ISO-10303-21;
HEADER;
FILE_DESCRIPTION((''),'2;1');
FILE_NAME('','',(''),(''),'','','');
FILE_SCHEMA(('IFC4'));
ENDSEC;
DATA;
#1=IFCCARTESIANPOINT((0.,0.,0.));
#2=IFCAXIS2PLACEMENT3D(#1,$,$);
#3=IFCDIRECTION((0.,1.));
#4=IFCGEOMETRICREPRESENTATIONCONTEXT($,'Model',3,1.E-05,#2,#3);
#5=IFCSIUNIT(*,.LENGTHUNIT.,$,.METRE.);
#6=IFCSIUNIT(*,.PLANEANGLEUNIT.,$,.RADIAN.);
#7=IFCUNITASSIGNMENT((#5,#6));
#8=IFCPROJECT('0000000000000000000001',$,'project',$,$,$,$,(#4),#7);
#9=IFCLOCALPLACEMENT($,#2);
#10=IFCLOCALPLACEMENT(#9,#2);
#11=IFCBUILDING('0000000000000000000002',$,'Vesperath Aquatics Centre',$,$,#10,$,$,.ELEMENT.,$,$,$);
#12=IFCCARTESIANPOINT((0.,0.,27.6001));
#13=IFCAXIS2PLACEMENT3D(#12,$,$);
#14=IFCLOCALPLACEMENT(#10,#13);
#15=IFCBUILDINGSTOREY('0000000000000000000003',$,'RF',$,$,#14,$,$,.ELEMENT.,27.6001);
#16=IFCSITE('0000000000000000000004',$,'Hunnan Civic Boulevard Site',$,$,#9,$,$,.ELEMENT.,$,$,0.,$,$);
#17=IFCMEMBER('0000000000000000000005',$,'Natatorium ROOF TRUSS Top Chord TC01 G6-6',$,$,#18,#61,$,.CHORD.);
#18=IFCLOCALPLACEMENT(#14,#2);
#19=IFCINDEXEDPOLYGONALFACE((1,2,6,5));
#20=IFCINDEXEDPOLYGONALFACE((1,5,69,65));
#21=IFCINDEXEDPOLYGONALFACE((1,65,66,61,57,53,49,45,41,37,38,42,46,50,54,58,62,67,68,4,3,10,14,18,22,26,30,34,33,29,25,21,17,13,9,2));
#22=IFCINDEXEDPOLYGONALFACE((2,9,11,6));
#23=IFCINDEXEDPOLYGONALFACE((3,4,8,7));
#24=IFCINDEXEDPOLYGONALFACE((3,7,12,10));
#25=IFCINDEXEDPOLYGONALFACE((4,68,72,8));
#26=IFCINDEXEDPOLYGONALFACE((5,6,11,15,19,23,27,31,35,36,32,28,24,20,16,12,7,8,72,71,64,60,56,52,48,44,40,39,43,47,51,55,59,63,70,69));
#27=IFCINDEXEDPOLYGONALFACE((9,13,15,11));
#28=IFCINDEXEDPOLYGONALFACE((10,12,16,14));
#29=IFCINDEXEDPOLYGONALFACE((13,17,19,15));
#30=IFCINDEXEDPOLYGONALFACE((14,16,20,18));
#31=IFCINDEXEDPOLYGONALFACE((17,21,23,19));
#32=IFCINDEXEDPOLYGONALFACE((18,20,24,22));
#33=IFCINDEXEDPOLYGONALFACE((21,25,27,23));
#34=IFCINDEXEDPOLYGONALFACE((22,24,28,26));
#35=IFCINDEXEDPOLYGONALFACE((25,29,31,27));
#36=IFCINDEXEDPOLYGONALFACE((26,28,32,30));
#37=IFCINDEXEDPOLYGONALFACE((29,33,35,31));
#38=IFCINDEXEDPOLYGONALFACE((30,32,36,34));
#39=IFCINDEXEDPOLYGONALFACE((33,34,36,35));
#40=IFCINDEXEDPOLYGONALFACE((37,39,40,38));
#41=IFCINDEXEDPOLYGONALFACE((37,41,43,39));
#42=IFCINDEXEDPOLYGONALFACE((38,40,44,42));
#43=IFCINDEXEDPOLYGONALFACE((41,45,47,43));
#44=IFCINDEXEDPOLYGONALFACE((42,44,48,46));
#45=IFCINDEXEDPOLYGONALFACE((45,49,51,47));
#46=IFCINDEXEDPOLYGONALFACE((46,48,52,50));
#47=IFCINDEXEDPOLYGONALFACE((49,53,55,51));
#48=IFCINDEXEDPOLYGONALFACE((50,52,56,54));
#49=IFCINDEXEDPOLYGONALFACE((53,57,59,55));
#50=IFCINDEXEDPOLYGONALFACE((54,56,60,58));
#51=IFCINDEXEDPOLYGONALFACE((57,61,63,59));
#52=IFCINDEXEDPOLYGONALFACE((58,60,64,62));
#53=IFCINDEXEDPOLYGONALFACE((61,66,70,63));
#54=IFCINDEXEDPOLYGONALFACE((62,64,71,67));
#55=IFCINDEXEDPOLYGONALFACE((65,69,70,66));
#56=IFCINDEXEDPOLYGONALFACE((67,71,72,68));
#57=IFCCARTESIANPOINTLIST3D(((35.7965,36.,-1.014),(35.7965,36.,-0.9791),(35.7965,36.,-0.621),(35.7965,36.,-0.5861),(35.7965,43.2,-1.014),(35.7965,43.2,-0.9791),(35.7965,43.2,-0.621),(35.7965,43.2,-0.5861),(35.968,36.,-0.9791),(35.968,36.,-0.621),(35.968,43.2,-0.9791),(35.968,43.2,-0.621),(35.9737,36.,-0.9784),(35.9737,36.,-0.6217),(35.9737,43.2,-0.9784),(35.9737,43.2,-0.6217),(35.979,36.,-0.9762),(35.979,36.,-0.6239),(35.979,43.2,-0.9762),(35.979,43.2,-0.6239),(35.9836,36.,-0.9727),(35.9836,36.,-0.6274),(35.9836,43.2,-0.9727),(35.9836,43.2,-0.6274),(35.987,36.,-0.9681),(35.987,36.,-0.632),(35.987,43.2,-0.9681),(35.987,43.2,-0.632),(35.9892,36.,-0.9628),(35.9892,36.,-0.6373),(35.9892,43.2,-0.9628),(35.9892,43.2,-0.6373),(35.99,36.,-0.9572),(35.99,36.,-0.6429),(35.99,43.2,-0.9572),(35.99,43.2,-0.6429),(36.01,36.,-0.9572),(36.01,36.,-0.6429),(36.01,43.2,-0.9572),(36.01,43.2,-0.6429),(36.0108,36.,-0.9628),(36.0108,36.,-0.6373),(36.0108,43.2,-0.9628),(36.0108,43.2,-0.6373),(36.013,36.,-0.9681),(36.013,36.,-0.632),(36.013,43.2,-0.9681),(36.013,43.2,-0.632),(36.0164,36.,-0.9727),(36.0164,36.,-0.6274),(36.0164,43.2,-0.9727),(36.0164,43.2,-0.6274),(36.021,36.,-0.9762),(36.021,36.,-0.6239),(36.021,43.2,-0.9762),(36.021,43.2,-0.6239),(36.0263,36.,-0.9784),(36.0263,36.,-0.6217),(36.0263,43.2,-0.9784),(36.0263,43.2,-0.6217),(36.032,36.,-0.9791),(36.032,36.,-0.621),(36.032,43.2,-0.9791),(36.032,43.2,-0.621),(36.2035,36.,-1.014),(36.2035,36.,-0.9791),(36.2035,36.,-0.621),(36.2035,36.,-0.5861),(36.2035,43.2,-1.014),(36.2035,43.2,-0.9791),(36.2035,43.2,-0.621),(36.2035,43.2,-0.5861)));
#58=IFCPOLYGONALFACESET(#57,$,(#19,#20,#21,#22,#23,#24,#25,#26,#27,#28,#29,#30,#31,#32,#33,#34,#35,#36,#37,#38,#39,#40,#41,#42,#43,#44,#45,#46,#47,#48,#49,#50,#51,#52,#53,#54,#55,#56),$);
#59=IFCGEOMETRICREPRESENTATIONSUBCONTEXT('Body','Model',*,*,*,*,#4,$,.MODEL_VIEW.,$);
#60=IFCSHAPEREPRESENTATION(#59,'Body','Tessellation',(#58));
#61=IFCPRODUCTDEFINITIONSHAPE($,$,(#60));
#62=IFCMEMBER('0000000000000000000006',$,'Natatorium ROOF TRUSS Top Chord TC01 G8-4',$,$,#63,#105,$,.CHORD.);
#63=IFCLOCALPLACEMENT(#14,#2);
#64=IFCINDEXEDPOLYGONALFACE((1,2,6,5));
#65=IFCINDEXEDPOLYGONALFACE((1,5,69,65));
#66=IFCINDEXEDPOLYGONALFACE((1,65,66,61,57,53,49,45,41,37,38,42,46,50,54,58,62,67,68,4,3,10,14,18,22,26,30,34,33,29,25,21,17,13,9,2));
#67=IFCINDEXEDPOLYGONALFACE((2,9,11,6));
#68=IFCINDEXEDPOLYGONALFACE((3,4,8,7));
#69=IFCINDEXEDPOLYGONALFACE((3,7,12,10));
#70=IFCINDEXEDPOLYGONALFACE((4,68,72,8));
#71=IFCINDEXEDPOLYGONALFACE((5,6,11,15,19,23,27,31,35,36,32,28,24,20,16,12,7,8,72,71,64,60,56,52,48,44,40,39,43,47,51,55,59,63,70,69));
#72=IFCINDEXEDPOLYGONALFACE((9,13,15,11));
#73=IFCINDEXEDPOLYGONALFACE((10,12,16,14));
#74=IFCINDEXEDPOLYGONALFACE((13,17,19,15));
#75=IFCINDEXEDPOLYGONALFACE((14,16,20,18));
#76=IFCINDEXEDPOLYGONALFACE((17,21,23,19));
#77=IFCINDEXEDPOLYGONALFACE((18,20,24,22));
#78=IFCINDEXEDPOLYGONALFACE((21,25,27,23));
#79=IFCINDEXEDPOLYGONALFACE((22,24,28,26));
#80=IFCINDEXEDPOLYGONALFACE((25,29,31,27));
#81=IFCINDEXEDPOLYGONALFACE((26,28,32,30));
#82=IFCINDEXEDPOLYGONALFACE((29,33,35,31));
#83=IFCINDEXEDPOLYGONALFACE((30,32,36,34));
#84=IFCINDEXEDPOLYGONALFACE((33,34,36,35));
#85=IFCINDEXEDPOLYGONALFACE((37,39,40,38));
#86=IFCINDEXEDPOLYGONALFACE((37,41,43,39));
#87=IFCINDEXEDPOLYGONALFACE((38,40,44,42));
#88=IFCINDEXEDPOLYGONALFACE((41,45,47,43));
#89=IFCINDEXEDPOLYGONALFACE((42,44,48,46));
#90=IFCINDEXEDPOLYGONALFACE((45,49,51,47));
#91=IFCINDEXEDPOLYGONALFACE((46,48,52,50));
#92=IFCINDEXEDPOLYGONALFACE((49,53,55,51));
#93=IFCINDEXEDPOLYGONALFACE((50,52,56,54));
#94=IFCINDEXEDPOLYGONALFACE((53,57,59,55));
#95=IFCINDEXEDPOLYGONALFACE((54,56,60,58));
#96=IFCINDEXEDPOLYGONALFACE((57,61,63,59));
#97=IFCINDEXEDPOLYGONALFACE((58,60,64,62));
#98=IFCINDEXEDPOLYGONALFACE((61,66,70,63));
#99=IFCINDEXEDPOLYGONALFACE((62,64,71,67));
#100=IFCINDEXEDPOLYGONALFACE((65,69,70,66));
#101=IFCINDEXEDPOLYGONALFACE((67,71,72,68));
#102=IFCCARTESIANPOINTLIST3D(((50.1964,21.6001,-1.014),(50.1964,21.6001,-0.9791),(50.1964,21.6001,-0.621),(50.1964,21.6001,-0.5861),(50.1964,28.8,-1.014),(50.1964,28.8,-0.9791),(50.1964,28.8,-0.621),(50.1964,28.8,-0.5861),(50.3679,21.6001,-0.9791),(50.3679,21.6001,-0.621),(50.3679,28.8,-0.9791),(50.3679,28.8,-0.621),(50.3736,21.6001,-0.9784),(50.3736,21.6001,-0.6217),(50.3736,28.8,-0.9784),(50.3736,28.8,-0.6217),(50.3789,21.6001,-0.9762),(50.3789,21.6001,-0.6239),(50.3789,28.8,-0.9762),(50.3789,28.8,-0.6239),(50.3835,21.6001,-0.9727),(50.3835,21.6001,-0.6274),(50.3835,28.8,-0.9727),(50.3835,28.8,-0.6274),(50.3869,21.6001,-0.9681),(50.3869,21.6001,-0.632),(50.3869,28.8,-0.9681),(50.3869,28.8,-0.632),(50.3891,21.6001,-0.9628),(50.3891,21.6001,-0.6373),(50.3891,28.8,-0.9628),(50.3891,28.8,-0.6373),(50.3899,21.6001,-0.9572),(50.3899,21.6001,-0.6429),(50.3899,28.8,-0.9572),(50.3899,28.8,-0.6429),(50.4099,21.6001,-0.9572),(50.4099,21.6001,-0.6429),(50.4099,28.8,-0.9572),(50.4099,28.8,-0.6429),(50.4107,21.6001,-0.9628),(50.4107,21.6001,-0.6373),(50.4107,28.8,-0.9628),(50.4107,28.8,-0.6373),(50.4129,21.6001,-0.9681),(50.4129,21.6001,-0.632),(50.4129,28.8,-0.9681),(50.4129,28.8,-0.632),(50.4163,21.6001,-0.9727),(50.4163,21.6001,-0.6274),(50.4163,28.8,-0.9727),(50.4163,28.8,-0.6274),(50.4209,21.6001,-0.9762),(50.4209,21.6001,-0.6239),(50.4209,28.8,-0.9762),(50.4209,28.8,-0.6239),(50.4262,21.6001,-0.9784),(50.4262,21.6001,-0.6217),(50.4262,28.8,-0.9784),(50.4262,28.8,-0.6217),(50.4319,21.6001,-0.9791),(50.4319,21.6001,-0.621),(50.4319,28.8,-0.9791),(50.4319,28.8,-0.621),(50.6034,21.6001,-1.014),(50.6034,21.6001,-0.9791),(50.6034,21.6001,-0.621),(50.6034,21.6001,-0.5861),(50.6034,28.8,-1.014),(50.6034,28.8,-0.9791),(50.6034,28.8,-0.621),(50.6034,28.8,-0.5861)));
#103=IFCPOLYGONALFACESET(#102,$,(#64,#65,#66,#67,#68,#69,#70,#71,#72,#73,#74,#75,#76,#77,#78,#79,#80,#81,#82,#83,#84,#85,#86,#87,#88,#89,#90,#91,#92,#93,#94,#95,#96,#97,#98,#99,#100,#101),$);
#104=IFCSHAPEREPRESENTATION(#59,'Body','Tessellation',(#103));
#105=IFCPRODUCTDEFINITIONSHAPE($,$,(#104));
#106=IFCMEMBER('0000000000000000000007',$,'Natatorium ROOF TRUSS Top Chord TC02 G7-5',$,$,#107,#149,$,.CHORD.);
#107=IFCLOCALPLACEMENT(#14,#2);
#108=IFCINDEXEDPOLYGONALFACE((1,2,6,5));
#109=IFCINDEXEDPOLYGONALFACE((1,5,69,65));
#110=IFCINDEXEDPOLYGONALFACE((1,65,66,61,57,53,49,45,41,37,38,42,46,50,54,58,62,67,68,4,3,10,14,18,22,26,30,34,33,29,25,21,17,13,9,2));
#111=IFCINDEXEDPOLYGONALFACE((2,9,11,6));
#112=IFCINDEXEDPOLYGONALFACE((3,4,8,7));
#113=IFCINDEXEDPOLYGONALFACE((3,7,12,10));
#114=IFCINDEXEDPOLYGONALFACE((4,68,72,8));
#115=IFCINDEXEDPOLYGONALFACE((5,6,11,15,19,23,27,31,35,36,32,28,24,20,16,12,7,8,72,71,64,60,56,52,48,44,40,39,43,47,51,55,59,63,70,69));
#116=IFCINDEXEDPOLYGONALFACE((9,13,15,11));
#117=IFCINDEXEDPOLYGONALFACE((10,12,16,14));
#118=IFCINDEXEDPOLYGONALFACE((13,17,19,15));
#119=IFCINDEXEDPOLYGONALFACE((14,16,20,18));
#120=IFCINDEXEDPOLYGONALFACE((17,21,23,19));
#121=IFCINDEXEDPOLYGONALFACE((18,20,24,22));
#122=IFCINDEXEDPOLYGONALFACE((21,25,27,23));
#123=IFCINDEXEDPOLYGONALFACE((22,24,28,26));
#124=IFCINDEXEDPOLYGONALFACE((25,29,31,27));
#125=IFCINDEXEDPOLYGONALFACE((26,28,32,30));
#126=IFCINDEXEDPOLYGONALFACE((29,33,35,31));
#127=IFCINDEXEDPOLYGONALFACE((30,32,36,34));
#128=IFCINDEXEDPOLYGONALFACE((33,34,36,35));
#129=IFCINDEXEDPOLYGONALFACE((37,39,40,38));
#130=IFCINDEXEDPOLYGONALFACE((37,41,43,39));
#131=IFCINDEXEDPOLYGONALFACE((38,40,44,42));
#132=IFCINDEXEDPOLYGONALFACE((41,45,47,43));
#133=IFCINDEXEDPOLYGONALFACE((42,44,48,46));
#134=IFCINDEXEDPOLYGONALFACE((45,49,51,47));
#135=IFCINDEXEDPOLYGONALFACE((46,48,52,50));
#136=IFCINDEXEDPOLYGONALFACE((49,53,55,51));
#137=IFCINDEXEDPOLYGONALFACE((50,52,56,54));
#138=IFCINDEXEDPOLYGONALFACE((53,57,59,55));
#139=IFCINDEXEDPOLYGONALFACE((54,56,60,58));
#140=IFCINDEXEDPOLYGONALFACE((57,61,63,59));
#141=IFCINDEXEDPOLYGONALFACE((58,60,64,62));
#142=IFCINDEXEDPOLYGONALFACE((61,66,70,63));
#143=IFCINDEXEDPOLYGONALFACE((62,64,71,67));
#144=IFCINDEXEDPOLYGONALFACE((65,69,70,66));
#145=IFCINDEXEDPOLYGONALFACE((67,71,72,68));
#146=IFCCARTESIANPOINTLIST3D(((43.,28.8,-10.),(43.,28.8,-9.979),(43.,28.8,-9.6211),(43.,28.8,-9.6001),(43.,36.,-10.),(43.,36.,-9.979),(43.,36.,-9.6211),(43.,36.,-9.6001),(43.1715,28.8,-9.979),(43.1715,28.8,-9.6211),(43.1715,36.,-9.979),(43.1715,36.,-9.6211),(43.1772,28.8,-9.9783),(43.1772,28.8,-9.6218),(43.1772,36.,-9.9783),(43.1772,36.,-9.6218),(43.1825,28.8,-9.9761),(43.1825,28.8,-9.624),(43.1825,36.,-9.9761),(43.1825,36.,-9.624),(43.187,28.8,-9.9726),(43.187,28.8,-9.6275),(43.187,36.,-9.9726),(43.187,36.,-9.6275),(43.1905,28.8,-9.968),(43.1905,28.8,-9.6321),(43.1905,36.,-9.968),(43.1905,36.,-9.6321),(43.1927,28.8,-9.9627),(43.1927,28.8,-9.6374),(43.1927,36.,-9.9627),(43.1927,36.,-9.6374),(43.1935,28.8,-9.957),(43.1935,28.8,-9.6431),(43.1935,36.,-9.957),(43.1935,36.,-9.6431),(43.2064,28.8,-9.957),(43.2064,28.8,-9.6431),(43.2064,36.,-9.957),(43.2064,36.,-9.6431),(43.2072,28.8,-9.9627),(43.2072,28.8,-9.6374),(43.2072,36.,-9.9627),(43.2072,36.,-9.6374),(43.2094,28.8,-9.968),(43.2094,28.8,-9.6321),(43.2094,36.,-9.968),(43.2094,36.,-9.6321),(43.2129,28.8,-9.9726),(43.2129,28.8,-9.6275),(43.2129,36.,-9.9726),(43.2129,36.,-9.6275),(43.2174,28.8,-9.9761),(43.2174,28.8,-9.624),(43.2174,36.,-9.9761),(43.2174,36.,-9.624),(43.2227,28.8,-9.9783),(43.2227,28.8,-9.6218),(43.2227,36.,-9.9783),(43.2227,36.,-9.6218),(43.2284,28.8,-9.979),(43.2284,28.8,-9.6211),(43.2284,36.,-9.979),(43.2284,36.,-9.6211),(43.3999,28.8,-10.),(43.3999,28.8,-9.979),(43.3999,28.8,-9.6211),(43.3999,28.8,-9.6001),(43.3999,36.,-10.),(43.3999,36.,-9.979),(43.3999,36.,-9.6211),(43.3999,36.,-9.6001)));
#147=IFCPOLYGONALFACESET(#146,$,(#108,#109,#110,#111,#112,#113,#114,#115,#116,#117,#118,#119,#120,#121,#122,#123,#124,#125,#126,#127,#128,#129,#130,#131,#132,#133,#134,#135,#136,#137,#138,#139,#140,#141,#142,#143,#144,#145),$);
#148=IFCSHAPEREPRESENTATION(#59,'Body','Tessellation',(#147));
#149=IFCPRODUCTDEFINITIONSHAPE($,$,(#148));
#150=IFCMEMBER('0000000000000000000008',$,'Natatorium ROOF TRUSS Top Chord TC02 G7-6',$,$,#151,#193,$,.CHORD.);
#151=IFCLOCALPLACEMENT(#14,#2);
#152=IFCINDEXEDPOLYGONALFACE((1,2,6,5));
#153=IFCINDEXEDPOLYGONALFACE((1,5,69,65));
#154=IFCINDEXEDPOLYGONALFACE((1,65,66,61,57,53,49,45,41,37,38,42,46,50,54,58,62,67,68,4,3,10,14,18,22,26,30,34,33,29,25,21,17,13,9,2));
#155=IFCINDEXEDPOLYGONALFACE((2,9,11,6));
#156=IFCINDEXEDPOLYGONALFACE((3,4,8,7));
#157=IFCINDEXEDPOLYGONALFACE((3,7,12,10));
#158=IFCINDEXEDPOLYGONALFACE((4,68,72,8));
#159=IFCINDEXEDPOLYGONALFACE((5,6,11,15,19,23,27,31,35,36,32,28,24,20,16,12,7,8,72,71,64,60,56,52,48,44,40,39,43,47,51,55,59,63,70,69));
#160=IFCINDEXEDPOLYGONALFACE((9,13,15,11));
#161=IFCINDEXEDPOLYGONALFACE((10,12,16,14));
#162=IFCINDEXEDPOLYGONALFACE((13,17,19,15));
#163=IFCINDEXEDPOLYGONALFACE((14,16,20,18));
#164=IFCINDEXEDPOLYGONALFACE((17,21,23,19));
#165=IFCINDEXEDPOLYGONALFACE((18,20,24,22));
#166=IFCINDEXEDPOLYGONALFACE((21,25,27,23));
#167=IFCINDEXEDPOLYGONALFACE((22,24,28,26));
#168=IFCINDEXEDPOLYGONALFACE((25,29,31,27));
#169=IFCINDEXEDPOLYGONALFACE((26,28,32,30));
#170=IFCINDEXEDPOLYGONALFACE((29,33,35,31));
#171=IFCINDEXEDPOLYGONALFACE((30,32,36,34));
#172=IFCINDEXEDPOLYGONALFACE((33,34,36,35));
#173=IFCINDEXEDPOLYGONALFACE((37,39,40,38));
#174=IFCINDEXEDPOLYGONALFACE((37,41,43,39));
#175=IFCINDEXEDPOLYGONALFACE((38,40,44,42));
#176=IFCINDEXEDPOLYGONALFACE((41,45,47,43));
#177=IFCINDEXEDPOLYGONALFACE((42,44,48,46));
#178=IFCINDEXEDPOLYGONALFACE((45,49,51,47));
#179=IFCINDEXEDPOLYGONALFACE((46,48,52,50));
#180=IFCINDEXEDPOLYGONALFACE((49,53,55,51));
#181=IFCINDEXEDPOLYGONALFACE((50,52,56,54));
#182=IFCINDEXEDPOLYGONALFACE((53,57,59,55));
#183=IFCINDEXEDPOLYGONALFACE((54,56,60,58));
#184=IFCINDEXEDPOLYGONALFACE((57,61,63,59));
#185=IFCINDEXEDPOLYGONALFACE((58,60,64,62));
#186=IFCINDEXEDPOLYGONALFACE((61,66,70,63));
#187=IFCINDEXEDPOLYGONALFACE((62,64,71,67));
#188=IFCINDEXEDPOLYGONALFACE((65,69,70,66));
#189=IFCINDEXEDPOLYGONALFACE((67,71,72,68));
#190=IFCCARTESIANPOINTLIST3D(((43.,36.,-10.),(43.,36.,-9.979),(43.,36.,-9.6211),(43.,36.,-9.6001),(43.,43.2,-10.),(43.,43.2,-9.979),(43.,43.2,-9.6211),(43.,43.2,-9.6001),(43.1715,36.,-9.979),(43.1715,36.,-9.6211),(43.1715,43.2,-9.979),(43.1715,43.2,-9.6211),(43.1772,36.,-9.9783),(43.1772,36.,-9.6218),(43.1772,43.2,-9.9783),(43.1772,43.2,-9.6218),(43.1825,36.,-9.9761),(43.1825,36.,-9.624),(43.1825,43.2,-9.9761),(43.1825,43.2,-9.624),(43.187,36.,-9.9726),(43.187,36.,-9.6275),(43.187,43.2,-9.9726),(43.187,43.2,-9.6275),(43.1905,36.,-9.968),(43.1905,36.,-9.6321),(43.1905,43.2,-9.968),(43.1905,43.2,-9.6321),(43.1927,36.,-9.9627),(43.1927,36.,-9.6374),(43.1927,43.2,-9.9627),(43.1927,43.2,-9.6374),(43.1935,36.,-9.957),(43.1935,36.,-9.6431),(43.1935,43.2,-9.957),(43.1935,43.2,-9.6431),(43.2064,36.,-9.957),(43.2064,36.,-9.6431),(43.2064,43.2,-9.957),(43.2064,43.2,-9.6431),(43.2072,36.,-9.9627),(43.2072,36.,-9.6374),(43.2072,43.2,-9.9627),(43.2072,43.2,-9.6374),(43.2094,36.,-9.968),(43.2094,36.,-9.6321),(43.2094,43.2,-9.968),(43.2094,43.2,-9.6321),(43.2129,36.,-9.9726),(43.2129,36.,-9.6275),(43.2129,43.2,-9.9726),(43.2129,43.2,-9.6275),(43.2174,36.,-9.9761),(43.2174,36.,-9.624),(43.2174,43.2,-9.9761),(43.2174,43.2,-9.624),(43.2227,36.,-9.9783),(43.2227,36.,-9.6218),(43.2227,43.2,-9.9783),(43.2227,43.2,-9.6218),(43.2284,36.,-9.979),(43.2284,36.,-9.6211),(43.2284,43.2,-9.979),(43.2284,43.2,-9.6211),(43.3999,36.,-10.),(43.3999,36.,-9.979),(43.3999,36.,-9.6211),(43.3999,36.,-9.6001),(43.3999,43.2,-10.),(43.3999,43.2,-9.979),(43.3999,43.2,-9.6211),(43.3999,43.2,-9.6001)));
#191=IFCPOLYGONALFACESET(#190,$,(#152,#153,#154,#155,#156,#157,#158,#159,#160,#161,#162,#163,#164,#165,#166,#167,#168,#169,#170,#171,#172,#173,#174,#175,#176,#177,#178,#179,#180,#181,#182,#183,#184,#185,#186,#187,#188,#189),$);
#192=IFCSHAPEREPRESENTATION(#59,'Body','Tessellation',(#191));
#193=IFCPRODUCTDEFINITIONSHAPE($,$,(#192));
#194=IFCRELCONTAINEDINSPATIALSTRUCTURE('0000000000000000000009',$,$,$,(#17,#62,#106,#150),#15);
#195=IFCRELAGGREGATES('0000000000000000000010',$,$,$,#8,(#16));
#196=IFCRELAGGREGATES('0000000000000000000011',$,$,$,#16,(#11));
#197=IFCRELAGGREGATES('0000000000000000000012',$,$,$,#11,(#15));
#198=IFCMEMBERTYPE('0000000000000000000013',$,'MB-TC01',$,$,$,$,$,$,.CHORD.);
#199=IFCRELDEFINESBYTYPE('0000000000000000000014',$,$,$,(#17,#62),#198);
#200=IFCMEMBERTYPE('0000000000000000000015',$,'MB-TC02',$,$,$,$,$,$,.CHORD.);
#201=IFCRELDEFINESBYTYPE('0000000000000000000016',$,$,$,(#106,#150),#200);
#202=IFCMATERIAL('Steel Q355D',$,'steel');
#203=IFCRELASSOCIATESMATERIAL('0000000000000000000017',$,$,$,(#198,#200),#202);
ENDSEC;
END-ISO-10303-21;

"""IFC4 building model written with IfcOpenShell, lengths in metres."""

from ifc_helpers import new_model, si_unit, direction, frame, origin, origin_2d, place, context, subcontext, project, spatial, i_section, extrude, material, material_profile, profile_set, type_object, element, save


model = new_model("IFC4")

# Units and contexts
model_context = context("Model", 3, precision=1e-05, world=origin(), true_north=direction((0.0, 1.0)))
body_context = subcontext(model_context, "Body", "Model", "MODEL_VIEW")
ifc_project = project(units=[si_unit("LENGTHUNIT", "METRE"), si_unit("PLANEANGLEUNIT", "RADIAN")], contexts=[model_context])

# Site, building, storey
site_placement = place(None, origin())
site = spatial("IfcSite", under=ifc_project, at=site_placement, Name="Hunnan Civic Boulevard Site", CompositionType="ELEMENT", RefElevation=0.0)
building_placement = place(site_placement, origin())
building = spatial("IfcBuilding", under=site, at=building_placement, Name="Vesperath Aquatics Centre", CompositionType="ELEMENT")
storey_placement = place(building_placement, frame((0.0, 0.0, 27.6001)))
storey = spatial("IfcBuildingStorey", under=building, at=storey_placement, Name="RF", CompositionType="ELEMENT", Elevation=27.6001)

# Members
ifc_material_1 = material(Name="Steel Q355D", Category="steel")
ifc_material_profile_1 = material_profile(ifc_material_1, i_section(OverallWidth=0.407, OverallDepth=0.428, WebThickness=0.02, FlangeThickness=0.0349, FilletRadius=0.022, at=origin_2d()), Name="HW 428x407x20x35")
ifc_profile_set_1 = profile_set([ifc_material_profile_1], Name="Steel Q355D")
member_type_1 = type_object("IfcMemberType", Name="MB-TC01", PredefinedType="CHORD", material=ifc_profile_set_1)
for number, where, z_axis, x_axis, name in (
    (1, (36.0, 36.0, -0.8), (0.0, 1.0, 0.0), (-1.0, 0.0, 0.0), "Natatorium ROOF TRUSS Top Chord TC01 G6-6"),
    (2, (50.3999, 21.6001, -0.8), (0.0, 1.0, 0.0), (-1.0, 0.0, 0.0), "Natatorium ROOF TRUSS Top Chord TC01 G8-4"),
):
    element("IfcMember", number, at=place(storey_placement, frame(where, z_axis=z_axis, x_axis=x_axis)), inside=storey, type_object=member_type_1, Name=name, PredefinedType="CHORD", context=body_context, shape_type="SweptSolid", body=[
        extrude(i_section(OverallWidth=0.407, OverallDepth=0.428, WebThickness=0.02, FlangeThickness=0.0349, FilletRadius=0.022, at=origin_2d()), origin(), (0.0, 0.0, 1.0), 7.2),
    ])
ifc_material_profile_2 = material_profile(ifc_material_1, i_section(OverallWidth=0.3999, OverallDepth=0.3999, WebThickness=0.0129, FlangeThickness=0.021, FilletRadius=0.022, at=origin_2d()), Name="HW 400x400x13x21")
ifc_profile_set_2 = profile_set([ifc_material_profile_2], Name="Steel Q355D")
member_type_2 = type_object("IfcMemberType", Name="MB-TC02", PredefinedType="CHORD", material=ifc_profile_set_2)
for number, where, z_axis, x_axis, name in (
    (3, (43.2, 28.8, -9.8), (0.0, 1.0, 0.0), (-1.0, 0.0, 0.0), "Natatorium ROOF TRUSS Top Chord TC02 G7-5"),
    (4, (43.2, 36.0, -9.8), (0.0, 1.0, 0.0), (-1.0, 0.0, 0.0), "Natatorium ROOF TRUSS Top Chord TC02 G7-6"),
):
    element("IfcMember", number, at=place(storey_placement, frame(where, z_axis=z_axis, x_axis=x_axis)), inside=storey, type_object=member_type_2, Name=name, PredefinedType="CHORD", context=body_context, shape_type="SweptSolid", body=[
        extrude(i_section(OverallWidth=0.3999, OverallDepth=0.3999, WebThickness=0.0129, FlangeThickness=0.021, FilletRadius=0.022, at=origin_2d()), origin(), (0.0, 0.0, 1.0), 7.2),
    ])

save(model, "model.ifc")
